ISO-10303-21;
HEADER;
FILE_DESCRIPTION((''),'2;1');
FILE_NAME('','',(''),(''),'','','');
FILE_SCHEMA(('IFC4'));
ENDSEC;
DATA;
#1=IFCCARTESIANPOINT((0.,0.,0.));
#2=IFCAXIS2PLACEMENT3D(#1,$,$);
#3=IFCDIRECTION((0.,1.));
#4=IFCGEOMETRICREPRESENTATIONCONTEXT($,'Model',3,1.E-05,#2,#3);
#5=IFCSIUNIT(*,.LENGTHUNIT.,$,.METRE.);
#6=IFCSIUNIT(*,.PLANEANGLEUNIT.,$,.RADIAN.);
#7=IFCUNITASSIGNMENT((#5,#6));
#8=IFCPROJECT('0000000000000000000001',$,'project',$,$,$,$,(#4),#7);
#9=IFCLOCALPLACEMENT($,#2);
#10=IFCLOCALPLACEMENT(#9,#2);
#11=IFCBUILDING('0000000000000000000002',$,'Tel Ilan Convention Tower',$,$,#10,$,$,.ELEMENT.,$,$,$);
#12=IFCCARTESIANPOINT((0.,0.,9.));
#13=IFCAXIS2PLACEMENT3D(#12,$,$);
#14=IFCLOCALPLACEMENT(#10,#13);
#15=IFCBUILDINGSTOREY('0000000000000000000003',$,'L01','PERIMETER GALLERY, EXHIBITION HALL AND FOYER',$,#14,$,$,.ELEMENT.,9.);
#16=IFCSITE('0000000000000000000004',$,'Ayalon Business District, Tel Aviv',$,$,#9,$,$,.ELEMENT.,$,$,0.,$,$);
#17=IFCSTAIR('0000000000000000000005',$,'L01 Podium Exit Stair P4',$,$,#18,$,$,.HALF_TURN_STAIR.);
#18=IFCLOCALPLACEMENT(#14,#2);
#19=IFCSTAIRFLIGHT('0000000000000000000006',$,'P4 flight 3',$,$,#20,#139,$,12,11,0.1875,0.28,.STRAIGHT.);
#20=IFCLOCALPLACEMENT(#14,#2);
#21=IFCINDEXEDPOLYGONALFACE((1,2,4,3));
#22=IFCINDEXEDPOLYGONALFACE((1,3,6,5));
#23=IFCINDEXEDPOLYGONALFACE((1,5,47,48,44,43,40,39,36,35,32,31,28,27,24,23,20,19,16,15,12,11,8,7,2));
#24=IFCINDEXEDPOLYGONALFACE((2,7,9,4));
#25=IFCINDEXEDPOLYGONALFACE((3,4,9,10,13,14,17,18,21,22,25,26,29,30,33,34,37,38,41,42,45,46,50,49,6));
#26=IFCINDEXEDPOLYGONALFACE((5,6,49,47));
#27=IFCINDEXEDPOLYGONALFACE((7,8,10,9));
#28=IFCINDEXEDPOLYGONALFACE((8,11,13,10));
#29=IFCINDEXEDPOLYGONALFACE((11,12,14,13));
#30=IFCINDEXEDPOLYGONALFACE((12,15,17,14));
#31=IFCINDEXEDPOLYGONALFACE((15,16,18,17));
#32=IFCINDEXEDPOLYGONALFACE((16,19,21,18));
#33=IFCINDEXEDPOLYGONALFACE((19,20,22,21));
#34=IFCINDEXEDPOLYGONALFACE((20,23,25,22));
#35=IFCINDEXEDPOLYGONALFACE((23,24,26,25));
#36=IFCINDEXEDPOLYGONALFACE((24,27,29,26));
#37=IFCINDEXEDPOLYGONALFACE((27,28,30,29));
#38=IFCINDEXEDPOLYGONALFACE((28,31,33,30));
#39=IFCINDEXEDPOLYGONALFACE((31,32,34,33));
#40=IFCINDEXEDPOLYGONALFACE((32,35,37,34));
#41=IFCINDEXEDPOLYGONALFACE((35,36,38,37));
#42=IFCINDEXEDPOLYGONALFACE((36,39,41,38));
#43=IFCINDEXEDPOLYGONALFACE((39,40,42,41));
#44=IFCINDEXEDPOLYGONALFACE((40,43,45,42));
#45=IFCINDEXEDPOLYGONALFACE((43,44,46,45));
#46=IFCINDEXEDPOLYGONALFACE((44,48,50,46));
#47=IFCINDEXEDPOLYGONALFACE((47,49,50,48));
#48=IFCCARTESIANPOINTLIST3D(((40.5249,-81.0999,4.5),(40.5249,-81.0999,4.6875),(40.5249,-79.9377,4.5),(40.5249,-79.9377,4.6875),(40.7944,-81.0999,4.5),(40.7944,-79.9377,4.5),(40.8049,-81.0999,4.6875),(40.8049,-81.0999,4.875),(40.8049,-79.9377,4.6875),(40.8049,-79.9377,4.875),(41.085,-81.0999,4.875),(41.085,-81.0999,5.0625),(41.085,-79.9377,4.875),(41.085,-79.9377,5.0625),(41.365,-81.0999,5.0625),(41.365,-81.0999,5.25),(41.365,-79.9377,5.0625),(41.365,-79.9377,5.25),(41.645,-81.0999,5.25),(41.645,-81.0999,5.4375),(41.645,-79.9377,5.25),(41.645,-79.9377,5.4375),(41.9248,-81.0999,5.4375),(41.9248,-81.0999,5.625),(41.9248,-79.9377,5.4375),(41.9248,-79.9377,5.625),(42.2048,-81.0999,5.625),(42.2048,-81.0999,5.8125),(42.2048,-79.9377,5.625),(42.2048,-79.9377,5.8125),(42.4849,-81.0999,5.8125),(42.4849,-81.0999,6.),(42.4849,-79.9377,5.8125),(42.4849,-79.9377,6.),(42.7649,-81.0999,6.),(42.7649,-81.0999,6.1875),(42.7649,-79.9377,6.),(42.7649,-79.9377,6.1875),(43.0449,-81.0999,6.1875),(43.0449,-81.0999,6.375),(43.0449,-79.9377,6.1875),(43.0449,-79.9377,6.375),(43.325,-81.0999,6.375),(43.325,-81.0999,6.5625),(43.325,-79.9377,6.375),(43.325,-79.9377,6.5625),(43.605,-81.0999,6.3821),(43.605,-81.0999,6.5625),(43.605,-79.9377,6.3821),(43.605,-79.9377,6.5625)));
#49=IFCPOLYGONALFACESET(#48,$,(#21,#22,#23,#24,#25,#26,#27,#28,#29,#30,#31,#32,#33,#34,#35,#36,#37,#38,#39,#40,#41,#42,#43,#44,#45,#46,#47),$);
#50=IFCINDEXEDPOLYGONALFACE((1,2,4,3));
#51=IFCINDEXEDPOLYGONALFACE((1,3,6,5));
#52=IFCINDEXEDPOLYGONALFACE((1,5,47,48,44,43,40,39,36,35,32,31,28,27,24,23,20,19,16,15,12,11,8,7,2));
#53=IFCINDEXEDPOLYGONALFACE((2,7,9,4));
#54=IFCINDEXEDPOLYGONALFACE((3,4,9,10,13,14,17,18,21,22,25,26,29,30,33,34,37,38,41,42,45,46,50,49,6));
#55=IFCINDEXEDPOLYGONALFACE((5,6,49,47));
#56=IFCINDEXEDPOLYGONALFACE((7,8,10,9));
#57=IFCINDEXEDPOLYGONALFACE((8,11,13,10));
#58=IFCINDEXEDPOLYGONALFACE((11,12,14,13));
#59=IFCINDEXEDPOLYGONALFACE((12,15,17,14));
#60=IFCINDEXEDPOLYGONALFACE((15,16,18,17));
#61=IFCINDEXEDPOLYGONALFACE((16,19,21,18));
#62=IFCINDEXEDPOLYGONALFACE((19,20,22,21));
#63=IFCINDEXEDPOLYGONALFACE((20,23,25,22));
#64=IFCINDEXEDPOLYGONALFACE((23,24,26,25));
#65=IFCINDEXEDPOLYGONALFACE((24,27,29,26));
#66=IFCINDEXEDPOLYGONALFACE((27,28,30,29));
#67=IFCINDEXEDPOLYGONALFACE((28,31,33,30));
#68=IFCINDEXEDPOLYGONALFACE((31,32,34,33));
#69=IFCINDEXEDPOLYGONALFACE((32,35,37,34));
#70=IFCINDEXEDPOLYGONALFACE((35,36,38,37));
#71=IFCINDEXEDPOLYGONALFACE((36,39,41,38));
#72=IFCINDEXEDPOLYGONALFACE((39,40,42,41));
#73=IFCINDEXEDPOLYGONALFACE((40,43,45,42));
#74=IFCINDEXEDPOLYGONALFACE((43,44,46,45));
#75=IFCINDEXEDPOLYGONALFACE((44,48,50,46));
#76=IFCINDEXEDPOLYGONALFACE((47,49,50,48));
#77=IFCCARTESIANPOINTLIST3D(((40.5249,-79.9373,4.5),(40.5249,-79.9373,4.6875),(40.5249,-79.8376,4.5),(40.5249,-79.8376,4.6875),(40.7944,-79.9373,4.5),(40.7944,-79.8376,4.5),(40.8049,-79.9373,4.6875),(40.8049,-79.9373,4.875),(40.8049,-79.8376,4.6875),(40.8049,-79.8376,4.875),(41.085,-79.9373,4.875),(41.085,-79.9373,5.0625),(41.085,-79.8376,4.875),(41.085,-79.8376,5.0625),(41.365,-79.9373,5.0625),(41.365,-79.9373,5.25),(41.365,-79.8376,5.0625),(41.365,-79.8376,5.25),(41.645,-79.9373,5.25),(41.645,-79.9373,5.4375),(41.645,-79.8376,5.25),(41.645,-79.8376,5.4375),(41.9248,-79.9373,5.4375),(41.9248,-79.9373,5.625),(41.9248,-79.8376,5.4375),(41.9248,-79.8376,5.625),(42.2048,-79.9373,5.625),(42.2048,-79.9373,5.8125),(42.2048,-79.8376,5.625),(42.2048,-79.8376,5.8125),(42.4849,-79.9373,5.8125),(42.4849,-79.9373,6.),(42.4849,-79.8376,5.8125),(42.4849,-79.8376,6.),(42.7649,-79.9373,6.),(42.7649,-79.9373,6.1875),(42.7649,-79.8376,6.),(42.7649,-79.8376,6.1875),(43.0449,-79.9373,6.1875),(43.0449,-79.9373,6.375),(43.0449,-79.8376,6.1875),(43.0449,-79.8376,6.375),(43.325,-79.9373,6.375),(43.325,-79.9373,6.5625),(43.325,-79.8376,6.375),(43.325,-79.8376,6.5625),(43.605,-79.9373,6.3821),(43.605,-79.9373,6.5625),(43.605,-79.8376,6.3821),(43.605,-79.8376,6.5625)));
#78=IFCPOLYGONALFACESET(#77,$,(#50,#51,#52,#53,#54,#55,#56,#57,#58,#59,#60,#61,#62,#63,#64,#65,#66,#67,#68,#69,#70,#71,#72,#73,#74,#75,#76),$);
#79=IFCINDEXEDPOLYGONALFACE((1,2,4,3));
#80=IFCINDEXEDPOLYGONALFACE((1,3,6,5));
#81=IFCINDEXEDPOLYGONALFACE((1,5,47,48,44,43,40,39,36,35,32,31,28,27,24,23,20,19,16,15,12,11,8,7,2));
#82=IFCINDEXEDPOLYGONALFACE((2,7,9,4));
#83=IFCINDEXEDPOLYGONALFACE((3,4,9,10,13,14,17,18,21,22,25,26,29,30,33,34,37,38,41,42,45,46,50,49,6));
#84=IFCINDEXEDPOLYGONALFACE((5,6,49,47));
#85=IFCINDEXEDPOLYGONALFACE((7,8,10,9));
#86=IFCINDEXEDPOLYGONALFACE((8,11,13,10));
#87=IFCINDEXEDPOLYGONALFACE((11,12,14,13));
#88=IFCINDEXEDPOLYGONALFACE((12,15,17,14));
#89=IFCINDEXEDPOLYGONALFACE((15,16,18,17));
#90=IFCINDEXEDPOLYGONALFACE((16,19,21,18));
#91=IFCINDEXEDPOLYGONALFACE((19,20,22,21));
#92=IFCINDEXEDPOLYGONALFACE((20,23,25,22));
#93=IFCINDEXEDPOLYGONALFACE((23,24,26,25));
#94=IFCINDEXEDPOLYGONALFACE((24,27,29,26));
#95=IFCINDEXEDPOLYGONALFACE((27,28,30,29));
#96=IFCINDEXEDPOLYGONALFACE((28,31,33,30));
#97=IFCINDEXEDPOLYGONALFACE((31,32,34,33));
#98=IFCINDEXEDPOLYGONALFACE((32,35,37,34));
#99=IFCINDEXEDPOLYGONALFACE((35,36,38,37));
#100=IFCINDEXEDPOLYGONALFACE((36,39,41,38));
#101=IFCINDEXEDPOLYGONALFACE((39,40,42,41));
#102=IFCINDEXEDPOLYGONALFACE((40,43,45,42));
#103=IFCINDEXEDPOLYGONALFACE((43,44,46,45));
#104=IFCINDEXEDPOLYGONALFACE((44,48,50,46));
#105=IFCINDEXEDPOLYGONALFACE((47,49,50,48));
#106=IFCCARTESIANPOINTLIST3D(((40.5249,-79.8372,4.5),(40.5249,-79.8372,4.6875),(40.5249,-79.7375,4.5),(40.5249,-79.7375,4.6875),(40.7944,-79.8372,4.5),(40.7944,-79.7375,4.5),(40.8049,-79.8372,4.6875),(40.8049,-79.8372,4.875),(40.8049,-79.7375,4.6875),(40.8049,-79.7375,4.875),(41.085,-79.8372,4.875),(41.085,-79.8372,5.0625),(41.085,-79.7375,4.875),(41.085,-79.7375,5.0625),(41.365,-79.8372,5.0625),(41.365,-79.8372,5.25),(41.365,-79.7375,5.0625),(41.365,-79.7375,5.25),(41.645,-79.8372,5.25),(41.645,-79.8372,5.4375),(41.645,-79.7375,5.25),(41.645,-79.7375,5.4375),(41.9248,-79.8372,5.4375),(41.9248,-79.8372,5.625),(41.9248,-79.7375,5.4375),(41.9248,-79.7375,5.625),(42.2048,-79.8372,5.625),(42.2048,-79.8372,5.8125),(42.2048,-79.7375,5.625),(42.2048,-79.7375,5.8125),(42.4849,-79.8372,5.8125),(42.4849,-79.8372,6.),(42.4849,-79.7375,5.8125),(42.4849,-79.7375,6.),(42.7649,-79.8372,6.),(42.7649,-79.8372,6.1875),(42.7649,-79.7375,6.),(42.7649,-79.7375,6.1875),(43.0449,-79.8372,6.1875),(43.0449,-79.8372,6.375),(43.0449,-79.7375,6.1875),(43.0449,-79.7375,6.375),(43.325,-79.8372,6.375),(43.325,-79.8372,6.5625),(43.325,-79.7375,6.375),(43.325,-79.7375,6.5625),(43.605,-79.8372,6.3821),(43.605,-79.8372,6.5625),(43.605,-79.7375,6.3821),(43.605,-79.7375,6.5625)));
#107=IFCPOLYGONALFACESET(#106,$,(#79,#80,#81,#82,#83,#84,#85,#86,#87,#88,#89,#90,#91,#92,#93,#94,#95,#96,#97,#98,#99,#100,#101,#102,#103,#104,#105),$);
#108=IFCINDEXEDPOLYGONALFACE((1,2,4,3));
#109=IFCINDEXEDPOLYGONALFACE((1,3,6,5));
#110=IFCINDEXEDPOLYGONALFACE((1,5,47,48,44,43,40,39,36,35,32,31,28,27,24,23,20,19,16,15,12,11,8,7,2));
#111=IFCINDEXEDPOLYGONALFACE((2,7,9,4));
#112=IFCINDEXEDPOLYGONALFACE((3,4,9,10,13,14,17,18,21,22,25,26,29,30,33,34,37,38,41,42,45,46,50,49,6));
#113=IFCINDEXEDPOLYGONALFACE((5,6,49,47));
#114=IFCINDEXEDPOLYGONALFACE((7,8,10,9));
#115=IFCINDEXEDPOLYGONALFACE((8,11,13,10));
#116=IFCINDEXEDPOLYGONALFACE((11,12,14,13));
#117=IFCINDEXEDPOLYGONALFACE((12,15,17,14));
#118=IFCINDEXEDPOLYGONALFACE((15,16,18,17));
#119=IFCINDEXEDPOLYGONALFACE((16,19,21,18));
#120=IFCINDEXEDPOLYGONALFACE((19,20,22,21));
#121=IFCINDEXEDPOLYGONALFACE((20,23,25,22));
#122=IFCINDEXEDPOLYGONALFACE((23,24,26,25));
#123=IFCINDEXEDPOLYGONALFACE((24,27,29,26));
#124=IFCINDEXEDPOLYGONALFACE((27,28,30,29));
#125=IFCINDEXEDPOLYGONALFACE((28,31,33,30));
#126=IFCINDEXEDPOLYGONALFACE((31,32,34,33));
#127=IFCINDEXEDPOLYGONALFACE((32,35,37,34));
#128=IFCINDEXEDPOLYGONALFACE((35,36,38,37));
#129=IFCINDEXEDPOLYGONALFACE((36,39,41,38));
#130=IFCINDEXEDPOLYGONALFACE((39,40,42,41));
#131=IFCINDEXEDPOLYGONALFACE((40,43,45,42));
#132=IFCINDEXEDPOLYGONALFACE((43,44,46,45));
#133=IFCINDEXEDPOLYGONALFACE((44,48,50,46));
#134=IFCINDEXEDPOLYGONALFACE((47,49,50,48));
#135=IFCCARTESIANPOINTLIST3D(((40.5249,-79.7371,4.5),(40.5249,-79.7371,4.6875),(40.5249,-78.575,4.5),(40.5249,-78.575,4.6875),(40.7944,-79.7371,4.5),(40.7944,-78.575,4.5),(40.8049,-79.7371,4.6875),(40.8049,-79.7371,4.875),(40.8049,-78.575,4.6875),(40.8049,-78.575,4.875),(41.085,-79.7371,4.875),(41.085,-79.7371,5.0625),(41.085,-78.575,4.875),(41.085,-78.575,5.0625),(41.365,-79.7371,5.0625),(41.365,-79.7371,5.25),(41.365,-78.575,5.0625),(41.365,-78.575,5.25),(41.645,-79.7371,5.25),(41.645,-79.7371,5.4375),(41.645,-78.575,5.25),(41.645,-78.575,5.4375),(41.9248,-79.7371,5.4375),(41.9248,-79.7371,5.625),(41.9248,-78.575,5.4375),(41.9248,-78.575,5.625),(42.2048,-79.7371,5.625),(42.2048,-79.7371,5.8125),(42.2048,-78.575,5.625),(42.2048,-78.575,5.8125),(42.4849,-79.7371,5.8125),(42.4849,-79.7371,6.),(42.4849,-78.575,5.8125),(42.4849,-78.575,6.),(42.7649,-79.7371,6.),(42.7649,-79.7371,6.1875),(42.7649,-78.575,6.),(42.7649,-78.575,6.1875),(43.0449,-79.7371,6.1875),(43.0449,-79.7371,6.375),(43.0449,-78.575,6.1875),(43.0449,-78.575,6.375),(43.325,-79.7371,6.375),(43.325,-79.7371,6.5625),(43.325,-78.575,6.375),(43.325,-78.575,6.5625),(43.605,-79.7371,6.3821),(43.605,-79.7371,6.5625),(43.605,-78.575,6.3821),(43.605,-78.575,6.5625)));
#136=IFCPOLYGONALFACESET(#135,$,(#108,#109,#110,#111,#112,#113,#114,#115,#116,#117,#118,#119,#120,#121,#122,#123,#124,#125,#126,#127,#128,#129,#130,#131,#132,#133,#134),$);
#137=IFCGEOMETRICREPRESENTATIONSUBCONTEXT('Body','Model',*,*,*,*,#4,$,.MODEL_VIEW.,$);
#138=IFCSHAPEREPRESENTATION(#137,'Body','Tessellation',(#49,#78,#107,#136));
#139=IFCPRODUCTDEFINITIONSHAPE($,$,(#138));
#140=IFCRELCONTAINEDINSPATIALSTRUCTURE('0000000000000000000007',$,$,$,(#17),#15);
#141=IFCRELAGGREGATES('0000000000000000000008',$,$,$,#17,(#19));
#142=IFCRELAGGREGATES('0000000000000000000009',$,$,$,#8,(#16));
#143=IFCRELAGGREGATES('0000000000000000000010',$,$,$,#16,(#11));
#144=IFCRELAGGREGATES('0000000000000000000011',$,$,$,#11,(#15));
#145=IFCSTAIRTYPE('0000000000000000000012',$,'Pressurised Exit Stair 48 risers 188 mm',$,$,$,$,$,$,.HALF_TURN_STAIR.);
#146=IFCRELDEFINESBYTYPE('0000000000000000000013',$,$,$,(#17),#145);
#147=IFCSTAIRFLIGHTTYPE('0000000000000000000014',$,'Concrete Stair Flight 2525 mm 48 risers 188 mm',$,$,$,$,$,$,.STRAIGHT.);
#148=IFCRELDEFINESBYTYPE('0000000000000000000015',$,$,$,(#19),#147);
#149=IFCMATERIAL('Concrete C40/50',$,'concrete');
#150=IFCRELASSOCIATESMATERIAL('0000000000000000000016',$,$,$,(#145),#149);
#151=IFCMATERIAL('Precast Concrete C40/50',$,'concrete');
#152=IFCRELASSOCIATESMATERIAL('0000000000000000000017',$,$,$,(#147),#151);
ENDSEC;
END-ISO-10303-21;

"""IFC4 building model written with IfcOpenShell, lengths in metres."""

from ifc_helpers import new_model, si_unit, direction, frame, origin, place, context, subcontext, project, spatial, polyline, outline, extrude, material, type_object, element, aggregate, save


model = new_model("IFC4")

# Units and contexts
model_context = context("Model", 3, precision=1e-05, world=origin(), true_north=direction((0.0, 1.0)))
body_context = subcontext(model_context, "Body", "Model", "MODEL_VIEW")
ifc_project = project(units=[si_unit("LENGTHUNIT", "METRE"), si_unit("PLANEANGLEUNIT", "RADIAN")], contexts=[model_context])

# Site, building, storey
site_placement = place(None, origin())
site = spatial("IfcSite", under=ifc_project, at=site_placement, Name="Ayalon Business District, Tel Aviv", CompositionType="ELEMENT", RefElevation=0.0)
building_placement = place(site_placement, origin())
building = spatial("IfcBuilding", under=site, at=building_placement, Name="Tel Ilan Convention Tower", CompositionType="ELEMENT")
storey_placement = place(building_placement, frame((0.0, 0.0, 9.0)))
storey = spatial("IfcBuildingStorey", under=building, at=storey_placement, Name="L01", Description="PERIMETER GALLERY, EXHIBITION HALL AND FOYER", CompositionType="ELEMENT", Elevation=9.0)

# Stair, stair flight
ifc_material_1 = material(Name="Concrete C40/50", Category="concrete")
stair_type = type_object("IfcStairType", Name="Pressurised Exit Stair 48 risers 188 mm", PredefinedType="HALF_TURN_STAIR", material=ifc_material_1)
stair_1_placement = place(storey_placement, origin())
stair_1 = element("IfcStair", 1, at=stair_1_placement, inside=storey, type_object=stair_type, Name="L01 Podium Exit Stair P4", PredefinedType="HALF_TURN_STAIR")
ifc_material_2 = material(Name="Precast Concrete C40/50", Category="concrete")
stair_flight_type = type_object("IfcStairFlightType", Name="Concrete Stair Flight 2525 mm 48 risers 188 mm", PredefinedType="STRAIGHT", material=ifc_material_2)
stair_flight_1_placement = place(storey_placement, frame((40.5249, -79.8374, 4.5), z_axis=(0.0, 0.0, 1.0), x_axis=(1.0, 0.0, 0.0)))
stair_flight_1 = element("IfcStairFlight", 2, at=stair_flight_1_placement, type_object=stair_flight_type, Name="P4 flight 3", NumberOfRisers=12, NumberOfTreads=11, PredefinedType="STRAIGHT", RiserHeight=0.1875, TreadLength=0.28, context=body_context, shape_type="SweptSolid", body=[
    extrude(outline(polyline([(0.0, 0.0), (0.0, 0.1875), (0.28, 0.1875), (0.28, 0.375), (0.5601, 0.375), (0.5601, 0.5625), (0.8401, 0.5625), (0.8401, 0.75), (1.1201, 0.75), (1.1201, 0.9375), (1.3999, 0.9375), (1.3999, 1.125), (1.6799, 1.125), (1.6799, 1.3125), (1.96, 1.3125), (1.96, 1.5), (2.24, 1.5), (2.24, 1.6875), (2.52, 1.6875), (2.52, 1.875), (2.8, 1.875), (2.8, 2.0625), (3.0801, 2.0625), (3.0801, 2.25), (3.0801, 1.8821), (0.2695, 0.0), (0.0, 0.0)])), frame((0.0, -0.1003, 0.0), z_axis=(0.0, -1.0, 0.0), x_axis=(1.0, 0.0, 0.0)), (0.0, 0.0, 1.0), 1.1621),
    extrude(outline(polyline([(0.0, 0.0), (0.0, 0.1875), (0.28, 0.1875), (0.28, 0.375), (0.5601, 0.375), (0.5601, 0.5625), (0.8401, 0.5625), (0.8401, 0.75), (1.1201, 0.75), (1.1201, 0.9375), (1.3999, 0.9375), (1.3999, 1.125), (1.6799, 1.125), (1.6799, 1.3125), (1.96, 1.3125), (1.96, 1.5), (2.24, 1.5), (2.24, 1.6875), (2.52, 1.6875), (2.52, 1.875), (2.8, 1.875), (2.8, 2.0625), (3.0801, 2.0625), (3.0801, 2.25), (3.0801, 1.8821), (0.2695, 0.0), (0.0, 0.0)])), frame((0.0, -0.0002, 0.0), z_axis=(0.0, -1.0, 0.0), x_axis=(1.0, 0.0, 0.0)), (0.0, 0.0, 1.0), 0.0996),
    extrude(outline(polyline([(0.0, 0.0), (0.0, 0.1875), (0.28, 0.1875), (0.28, 0.375), (0.5601, 0.375), (0.5601, 0.5625), (0.8401, 0.5625), (0.8401, 0.75), (1.1201, 0.75), (1.1201, 0.9375), (1.3999, 0.9375), (1.3999, 1.125), (1.6799, 1.125), (1.6799, 1.3125), (1.96, 1.3125), (1.96, 1.5), (2.24, 1.5), (2.24, 1.6875), (2.52, 1.6875), (2.52, 1.875), (2.8, 1.875), (2.8, 2.0625), (3.0801, 2.0625), (3.0801, 2.25), (3.0801, 1.8821), (0.2695, 0.0), (0.0, 0.0)])), frame((0.0, 0.0999, 0.0), z_axis=(0.0, -1.0, 0.0), x_axis=(1.0, 0.0, 0.0)), (0.0, 0.0, 1.0), 0.0996),
    extrude(outline(polyline([(0.0, 0.0), (0.0, 0.1875), (0.28, 0.1875), (0.28, 0.375), (0.5601, 0.375), (0.5601, 0.5625), (0.8401, 0.5625), (0.8401, 0.75), (1.1201, 0.75), (1.1201, 0.9375), (1.3999, 0.9375), (1.3999, 1.125), (1.6799, 1.125), (1.6799, 1.3125), (1.96, 1.3125), (1.96, 1.5), (2.24, 1.5), (2.24, 1.6875), (2.52, 1.6875), (2.52, 1.875), (2.8, 1.875), (2.8, 2.0625), (3.0801, 2.0625), (3.0801, 2.25), (3.0801, 1.8821), (0.2695, 0.0), (0.0, 0.0)])), frame((0.0, 1.2625, 0.0), z_axis=(0.0, -1.0, 0.0), x_axis=(1.0, 0.0, 0.0)), (0.0, 0.0, 1.0), 1.1621),
])
aggregate(stair_1, [stair_flight_1])

save(model, "model.ifc")
